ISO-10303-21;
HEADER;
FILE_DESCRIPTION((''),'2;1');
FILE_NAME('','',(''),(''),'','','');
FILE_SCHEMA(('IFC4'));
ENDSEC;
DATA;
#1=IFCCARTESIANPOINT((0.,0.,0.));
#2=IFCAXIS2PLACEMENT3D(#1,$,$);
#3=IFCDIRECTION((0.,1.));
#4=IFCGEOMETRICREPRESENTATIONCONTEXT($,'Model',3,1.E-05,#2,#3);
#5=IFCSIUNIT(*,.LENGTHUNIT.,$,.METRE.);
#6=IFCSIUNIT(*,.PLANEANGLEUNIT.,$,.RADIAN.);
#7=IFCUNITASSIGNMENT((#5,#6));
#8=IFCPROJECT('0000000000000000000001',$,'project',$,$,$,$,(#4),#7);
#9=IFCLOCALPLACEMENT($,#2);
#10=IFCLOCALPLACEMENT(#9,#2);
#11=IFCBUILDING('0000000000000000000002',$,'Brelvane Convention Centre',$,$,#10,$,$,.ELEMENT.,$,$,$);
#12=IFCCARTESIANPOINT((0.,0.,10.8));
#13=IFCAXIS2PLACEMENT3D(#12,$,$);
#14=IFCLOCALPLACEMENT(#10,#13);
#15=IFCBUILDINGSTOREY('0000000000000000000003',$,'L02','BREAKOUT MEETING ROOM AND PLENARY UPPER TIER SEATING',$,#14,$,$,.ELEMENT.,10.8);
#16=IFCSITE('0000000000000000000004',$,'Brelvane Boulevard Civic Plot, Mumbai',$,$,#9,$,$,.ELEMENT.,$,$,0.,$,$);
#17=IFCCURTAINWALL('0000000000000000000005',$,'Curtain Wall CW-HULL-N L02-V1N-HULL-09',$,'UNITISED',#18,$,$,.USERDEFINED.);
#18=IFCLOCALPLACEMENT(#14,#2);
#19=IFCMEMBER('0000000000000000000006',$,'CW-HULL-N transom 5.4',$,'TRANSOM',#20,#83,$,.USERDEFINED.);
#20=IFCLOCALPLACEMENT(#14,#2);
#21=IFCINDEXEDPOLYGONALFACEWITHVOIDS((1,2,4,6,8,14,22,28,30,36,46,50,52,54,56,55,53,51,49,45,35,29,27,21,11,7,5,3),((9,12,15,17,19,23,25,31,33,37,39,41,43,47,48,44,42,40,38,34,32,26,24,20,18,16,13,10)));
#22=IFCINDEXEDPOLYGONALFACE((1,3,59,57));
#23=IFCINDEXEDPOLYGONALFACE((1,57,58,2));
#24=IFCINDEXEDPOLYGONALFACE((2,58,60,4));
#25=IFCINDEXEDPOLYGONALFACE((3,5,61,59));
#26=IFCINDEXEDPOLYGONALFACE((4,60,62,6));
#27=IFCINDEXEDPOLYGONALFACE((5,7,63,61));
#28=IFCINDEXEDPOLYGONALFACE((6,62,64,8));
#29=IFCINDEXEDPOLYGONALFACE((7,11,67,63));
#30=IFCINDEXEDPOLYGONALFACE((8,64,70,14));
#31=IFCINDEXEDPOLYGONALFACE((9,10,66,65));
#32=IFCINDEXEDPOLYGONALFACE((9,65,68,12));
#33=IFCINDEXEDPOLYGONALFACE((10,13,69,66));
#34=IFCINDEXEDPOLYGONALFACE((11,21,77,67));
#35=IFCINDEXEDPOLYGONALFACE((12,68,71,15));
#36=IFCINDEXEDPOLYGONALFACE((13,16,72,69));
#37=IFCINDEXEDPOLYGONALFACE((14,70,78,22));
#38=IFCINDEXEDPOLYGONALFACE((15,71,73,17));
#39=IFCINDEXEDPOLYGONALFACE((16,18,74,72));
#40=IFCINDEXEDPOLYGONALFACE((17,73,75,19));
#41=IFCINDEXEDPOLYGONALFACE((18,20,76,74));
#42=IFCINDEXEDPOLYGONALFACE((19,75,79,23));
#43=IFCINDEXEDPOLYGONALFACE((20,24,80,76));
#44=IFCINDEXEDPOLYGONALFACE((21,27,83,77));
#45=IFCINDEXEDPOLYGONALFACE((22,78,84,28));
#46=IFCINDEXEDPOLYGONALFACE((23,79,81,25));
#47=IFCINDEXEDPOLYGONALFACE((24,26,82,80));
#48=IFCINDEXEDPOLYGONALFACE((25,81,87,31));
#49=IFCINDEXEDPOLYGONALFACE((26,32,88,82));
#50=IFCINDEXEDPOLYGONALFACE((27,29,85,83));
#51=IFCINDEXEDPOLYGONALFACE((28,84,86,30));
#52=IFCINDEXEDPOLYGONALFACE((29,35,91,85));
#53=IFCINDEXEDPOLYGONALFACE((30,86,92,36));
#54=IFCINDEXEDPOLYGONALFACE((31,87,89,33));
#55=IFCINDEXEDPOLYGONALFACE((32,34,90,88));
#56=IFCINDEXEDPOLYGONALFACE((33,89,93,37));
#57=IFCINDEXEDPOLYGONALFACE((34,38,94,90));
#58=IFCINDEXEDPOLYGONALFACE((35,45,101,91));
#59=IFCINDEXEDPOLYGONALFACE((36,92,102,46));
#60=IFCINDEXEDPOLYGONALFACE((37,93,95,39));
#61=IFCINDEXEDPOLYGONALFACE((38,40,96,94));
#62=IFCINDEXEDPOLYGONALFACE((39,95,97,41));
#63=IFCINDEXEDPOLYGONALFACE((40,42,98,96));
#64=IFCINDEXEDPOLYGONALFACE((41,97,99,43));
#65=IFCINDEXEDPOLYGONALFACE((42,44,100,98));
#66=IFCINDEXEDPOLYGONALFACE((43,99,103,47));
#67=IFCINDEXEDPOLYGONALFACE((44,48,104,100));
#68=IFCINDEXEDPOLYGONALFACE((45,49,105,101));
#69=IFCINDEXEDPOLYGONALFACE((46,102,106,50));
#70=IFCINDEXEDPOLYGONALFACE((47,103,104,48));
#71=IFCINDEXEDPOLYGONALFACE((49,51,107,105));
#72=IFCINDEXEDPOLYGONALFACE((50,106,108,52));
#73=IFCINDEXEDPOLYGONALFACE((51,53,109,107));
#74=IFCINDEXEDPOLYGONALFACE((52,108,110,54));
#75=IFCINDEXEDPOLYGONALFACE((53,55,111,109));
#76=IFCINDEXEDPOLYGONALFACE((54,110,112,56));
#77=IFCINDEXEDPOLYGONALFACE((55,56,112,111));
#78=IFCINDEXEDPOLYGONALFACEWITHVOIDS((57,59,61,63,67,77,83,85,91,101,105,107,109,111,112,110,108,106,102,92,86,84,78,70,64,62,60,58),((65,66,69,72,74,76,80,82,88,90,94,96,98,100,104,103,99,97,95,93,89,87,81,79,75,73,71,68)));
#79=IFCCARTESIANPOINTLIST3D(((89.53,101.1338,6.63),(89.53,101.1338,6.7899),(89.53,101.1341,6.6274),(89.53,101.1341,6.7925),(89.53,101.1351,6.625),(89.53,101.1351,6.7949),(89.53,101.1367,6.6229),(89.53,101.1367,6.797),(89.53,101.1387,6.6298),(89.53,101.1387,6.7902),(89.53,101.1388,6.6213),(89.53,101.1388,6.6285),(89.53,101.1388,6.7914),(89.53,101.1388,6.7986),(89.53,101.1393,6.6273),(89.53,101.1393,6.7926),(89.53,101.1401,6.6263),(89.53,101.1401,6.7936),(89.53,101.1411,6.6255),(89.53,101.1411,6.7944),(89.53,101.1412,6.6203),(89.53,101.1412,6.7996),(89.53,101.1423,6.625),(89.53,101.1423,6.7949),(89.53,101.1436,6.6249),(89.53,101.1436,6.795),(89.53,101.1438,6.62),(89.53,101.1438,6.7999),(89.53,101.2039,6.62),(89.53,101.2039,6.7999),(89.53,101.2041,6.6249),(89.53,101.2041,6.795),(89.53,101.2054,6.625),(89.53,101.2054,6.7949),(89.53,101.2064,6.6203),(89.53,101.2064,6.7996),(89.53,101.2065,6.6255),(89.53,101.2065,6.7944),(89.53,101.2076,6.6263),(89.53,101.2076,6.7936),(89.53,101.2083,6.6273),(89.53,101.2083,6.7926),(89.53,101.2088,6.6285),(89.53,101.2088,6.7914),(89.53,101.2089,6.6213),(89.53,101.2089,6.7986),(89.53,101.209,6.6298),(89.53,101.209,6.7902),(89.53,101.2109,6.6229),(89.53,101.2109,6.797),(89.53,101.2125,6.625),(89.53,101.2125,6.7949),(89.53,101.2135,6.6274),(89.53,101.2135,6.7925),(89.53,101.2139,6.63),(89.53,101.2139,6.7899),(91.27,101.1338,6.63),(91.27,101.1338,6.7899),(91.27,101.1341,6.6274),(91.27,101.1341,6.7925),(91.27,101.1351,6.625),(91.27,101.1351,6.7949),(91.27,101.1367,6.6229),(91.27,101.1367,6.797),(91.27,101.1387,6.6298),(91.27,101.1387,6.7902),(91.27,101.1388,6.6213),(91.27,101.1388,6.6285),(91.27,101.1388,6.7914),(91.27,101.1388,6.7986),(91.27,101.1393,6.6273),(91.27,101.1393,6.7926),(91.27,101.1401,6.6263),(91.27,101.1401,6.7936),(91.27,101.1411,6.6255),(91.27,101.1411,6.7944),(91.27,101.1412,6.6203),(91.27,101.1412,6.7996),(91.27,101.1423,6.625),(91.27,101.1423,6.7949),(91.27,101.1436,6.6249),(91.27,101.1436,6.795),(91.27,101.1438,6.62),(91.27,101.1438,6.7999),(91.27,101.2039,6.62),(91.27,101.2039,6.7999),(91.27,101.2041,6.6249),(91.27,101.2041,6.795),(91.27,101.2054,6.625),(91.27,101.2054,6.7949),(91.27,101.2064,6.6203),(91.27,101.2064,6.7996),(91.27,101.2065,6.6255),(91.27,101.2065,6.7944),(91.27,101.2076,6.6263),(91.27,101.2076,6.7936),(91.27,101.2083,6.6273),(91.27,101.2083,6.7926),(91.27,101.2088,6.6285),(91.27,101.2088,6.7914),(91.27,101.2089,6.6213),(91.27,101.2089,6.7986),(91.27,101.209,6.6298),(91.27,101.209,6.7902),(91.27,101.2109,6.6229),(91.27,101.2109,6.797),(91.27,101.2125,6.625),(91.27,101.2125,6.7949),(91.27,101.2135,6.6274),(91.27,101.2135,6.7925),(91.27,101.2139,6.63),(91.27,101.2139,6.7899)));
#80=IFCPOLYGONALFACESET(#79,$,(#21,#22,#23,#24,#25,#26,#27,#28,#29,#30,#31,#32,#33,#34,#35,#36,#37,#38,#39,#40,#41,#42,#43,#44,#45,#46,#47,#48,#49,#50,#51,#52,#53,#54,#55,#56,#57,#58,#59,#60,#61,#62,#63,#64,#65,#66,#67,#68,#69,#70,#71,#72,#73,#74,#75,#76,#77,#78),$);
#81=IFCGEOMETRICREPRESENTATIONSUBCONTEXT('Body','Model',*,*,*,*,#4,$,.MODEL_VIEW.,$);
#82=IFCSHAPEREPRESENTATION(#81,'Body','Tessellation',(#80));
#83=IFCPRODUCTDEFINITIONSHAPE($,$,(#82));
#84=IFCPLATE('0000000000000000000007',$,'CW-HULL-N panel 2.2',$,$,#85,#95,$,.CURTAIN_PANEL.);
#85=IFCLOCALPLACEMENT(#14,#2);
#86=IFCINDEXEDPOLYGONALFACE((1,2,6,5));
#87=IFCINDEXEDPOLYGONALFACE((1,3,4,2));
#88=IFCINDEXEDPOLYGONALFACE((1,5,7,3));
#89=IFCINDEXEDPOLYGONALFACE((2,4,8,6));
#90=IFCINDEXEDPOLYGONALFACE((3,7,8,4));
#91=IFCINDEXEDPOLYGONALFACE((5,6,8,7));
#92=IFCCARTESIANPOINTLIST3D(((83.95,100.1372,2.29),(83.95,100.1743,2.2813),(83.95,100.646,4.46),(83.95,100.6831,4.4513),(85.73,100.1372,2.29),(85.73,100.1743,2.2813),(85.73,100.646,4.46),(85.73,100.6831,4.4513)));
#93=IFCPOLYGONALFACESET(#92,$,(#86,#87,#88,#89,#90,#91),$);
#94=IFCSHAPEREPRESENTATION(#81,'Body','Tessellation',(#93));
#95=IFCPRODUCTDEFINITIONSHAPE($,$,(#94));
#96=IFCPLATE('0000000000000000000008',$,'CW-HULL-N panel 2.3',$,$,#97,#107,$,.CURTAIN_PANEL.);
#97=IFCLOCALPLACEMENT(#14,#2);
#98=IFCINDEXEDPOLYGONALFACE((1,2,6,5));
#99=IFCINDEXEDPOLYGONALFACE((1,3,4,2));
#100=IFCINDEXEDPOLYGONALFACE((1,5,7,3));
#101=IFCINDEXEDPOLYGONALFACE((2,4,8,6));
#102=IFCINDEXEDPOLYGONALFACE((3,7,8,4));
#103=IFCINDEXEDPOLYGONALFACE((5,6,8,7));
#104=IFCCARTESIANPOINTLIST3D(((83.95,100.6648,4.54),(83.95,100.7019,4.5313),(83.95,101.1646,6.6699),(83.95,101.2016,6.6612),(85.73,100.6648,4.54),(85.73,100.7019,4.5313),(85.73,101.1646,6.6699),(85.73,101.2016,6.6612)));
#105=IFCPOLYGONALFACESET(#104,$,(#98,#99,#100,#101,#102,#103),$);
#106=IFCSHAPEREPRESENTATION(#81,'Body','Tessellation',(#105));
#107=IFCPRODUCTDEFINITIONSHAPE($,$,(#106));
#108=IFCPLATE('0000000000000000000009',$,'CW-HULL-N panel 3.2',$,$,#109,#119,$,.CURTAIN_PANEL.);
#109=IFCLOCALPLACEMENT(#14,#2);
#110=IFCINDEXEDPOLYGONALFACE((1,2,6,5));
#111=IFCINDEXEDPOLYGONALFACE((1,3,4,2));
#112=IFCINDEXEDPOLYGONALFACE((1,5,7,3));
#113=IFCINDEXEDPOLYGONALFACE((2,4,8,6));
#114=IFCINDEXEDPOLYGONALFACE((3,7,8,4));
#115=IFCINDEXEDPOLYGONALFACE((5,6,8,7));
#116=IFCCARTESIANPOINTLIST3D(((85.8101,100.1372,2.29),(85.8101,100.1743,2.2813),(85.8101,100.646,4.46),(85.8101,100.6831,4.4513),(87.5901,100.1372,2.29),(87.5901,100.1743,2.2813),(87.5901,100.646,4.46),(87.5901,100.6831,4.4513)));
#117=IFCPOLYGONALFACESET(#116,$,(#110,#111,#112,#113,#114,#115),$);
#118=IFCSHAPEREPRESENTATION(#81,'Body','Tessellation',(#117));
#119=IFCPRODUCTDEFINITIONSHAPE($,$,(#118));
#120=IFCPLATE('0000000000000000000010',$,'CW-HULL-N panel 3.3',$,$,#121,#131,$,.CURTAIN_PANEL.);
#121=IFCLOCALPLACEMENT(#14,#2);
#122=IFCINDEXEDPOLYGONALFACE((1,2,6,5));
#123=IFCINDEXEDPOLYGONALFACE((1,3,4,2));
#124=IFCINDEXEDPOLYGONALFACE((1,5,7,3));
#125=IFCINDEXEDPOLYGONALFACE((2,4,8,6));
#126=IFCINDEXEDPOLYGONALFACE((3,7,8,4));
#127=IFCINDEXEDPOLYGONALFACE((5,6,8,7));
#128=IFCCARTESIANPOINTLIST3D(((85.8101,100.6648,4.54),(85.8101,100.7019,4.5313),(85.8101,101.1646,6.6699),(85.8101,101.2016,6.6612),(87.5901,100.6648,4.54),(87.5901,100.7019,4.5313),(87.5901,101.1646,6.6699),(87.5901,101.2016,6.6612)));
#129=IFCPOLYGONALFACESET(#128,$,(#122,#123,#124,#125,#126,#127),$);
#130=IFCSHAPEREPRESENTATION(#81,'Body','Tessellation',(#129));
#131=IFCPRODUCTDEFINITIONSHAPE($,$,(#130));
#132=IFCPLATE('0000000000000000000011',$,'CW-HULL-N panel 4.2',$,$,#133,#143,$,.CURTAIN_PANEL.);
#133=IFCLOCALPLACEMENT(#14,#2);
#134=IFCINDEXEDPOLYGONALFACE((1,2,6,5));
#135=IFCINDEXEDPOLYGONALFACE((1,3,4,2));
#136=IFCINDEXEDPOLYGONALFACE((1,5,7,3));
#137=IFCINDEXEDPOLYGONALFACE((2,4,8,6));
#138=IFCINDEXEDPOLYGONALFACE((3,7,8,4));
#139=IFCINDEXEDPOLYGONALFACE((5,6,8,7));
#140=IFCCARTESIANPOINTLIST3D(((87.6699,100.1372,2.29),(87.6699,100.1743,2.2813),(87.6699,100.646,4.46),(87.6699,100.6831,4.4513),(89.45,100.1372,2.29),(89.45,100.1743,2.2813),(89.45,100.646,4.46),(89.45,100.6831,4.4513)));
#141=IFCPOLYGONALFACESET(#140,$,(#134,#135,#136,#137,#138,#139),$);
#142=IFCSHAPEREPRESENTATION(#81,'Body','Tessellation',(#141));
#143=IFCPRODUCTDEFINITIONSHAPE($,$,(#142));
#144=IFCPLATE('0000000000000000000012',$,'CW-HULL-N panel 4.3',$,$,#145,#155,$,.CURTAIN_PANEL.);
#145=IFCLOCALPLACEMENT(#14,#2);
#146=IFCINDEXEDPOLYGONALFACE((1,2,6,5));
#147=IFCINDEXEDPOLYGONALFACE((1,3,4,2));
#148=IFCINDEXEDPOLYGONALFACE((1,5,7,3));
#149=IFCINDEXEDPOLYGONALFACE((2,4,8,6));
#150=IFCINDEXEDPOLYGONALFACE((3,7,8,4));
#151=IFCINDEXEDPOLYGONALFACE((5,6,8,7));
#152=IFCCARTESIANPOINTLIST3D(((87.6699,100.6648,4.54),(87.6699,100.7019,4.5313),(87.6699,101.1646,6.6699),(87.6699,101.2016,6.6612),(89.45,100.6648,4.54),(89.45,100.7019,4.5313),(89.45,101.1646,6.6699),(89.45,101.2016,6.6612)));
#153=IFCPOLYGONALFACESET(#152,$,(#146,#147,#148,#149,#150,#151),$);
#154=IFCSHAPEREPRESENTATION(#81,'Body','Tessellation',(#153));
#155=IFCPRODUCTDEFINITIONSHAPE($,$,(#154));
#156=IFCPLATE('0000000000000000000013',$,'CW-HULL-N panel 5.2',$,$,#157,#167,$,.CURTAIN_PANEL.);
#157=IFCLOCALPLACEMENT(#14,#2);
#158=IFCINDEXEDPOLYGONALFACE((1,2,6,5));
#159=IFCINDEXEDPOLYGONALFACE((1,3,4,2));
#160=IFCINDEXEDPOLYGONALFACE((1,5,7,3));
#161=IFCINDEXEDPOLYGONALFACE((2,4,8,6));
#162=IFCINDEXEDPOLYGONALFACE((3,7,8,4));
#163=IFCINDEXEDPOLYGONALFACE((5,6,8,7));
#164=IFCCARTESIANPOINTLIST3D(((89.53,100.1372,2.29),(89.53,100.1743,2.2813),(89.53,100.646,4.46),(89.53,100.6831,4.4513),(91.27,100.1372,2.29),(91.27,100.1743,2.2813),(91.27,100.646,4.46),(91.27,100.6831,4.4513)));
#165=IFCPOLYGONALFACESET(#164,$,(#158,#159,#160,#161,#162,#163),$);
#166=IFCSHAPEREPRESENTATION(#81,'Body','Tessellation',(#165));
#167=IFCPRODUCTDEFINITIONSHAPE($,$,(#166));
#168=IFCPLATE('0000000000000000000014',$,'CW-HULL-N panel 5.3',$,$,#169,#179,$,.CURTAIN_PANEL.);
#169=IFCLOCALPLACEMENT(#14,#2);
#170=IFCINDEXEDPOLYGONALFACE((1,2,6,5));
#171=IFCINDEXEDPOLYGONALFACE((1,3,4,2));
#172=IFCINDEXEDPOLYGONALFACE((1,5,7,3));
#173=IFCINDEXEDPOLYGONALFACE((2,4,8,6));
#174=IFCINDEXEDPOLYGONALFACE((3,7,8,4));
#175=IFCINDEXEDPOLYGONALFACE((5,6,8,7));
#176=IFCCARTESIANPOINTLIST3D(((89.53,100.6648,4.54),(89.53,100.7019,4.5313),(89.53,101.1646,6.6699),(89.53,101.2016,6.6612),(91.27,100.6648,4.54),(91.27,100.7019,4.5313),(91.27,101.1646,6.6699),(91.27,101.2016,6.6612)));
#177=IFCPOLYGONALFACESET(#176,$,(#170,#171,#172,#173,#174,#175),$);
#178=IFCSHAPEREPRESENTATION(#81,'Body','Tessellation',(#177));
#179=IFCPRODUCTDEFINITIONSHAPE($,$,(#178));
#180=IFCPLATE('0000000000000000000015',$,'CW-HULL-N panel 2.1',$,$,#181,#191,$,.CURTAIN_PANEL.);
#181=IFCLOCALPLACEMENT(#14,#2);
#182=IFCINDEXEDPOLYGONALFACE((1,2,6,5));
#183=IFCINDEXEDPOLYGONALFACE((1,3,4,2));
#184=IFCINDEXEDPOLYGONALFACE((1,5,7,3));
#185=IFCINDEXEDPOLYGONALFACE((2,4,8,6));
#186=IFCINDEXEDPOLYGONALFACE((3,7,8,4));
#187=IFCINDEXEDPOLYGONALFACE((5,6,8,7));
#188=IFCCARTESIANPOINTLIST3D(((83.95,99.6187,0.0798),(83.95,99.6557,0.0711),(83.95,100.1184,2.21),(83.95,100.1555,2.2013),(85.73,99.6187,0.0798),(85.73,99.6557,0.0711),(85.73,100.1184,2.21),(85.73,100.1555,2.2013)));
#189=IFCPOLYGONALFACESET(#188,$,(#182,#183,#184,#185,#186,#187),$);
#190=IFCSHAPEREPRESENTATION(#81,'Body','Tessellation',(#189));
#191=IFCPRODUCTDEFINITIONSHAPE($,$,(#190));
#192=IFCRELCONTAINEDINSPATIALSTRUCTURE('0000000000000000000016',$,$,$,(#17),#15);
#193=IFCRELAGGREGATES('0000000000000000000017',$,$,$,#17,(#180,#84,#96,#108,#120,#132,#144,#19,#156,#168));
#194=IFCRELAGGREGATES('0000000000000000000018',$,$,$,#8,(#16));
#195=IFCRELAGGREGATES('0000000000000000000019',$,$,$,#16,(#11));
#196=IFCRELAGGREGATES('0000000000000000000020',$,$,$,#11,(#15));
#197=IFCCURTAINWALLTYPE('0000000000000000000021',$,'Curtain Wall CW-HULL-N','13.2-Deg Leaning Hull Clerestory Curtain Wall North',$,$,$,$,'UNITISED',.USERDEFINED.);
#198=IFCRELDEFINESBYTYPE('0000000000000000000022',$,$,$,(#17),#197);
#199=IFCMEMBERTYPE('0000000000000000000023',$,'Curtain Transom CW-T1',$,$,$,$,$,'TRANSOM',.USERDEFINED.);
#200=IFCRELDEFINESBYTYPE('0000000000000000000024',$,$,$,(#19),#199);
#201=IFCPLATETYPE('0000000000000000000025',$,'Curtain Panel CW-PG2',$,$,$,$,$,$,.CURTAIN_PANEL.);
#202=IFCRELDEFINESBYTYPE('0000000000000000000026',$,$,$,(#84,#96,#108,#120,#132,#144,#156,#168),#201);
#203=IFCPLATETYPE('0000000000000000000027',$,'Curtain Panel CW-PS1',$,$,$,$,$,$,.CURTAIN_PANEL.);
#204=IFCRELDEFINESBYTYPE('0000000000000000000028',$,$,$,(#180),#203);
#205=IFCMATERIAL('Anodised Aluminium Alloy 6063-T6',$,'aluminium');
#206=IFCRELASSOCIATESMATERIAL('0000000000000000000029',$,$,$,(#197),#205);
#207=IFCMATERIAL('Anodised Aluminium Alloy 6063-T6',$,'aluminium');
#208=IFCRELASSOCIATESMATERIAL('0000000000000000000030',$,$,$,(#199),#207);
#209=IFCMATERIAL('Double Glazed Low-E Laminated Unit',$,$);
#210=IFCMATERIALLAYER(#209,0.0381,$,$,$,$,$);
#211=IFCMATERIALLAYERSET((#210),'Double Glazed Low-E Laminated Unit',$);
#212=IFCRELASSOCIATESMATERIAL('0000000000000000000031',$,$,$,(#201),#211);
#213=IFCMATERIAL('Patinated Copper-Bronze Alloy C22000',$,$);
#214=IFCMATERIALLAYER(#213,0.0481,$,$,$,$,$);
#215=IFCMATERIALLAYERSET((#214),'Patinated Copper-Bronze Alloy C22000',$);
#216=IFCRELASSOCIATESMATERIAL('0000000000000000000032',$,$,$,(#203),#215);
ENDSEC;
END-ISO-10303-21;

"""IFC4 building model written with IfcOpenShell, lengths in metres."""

from ifc_helpers import new_model, si_unit, direction, frame, origin, origin_2d, place, context, subcontext, project, spatial, polyline, hollow_rectangle, outline, extrude, material, layer, layer_set, material_profile, profile_set, type_object, element, aggregate, save


model = new_model("IFC4")

# Units and contexts
model_context = context("Model", 3, precision=1e-05, world=origin(), true_north=direction((0.0, 1.0)))
body_context = subcontext(model_context, "Body", "Model", "MODEL_VIEW")
ifc_project = project(units=[si_unit("LENGTHUNIT", "METRE"), si_unit("PLANEANGLEUNIT", "RADIAN")], contexts=[model_context])

# Site, building, storey
site_placement = place(None, origin())
site = spatial("IfcSite", under=ifc_project, at=site_placement, Name="Brelvane Boulevard Civic Plot, Mumbai", CompositionType="ELEMENT", RefElevation=0.0)
building_placement = place(site_placement, origin())
building = spatial("IfcBuilding", under=site, at=building_placement, Name="Brelvane Convention Centre", CompositionType="ELEMENT")
storey_placement = place(building_placement, frame((0.0, 0.0, 10.8)))
storey = spatial("IfcBuildingStorey", under=building, at=storey_placement, Name="L02", Description="BREAKOUT MEETING ROOM AND PLENARY UPPER TIER SEATING", CompositionType="ELEMENT", Elevation=10.8)

# Curtain wall, member, plates
ifc_material_1 = material(Name="Anodised Aluminium Alloy 6063-T6", Category="aluminium")
curtain_wall_type = type_object("IfcCurtainWallType", Name="Curtain Wall CW-HULL-N", Description="13.2-Deg Leaning Hull Clerestory Curtain Wall North", ElementType="UNITISED", PredefinedType="USERDEFINED", material=ifc_material_1)
curtain_wall_placement = place(storey_placement, origin())
curtain_wall = element("IfcCurtainWall", 1, at=curtain_wall_placement, inside=storey, type_object=curtain_wall_type, Name="Curtain Wall CW-HULL-N L02-V1N-HULL-09", ObjectType="UNITISED", PredefinedType="USERDEFINED")
ifc_material_2 = material(Name="Anodised Aluminium Alloy 6063-T6", Category="aluminium")
ifc_material_profile_1 = material_profile(ifc_material_2, hollow_rectangle(XDim=0.0801, YDim=0.1799, WallThickness=0.0049, InnerFilletRadius=0.0049, OuterFilletRadius=0.01, at=origin_2d()), Name="ALU-T 180x80x5.0")
ifc_profile_set_1 = profile_set([ifc_material_profile_1], Name="Anodised Aluminium Alloy 6063-T6")
member_type_1 = type_object("IfcMemberType", Name="Curtain Transom CW-T1", ElementType="TRANSOM", PredefinedType="USERDEFINED", material=ifc_profile_set_1)
member_1_placement = place(storey_placement, frame((89.53, 101.1738, 6.71), z_axis=(1.0, 0.0, 0.0), x_axis=(0.0, 1.0, 0.0)))
member_1 = element("IfcMember", 2, at=member_1_placement, type_object=member_type_1, Name="CW-HULL-N transom 5.4", ObjectType="TRANSOM", PredefinedType="USERDEFINED", context=body_context, shape_type="SweptSolid", body=[
    extrude(hollow_rectangle(XDim=0.0801, YDim=0.1799, WallThickness=0.0049, InnerFilletRadius=0.0049, OuterFilletRadius=0.01, at=origin_2d()), origin(), (0.0, 0.0, 1.0), 1.74),
])
ifc_material_3 = material(Name="Double Glazed Low-E Laminated Unit")
ifc_layer_1 = layer(ifc_material_3, 0.0381)
ifc_layer_set_1 = layer_set([ifc_layer_1], Name="Double Glazed Low-E Laminated Unit")
plate_type_1 = type_object("IfcPlateType", Name="Curtain Panel CW-PG2", PredefinedType="CURTAIN_PANEL", material=ifc_layer_set_1)
plate_1_placement = place(storey_placement, frame((83.95, 100.1372, 2.29), z_axis=(0.0, -0.973595, 0.228282), x_axis=(1.0, 0.0, 0.0)))
plate_1 = element("IfcPlate", 3, at=plate_1_placement, type_object=plate_type_1, Name="CW-HULL-N panel 2.2", PredefinedType="CURTAIN_PANEL", context=body_context, shape_type="SweptSolid", body=[
    extrude(outline(polyline([(0.0, 0.0), (1.78, 0.0), (1.78, 2.2288), (0.0, 2.2288), (0.0, 0.0)])), origin(), (0.0, 0.0, -1.0), 0.0381),
])
plate_2_placement = place(storey_placement, frame((83.95, 100.6648, 4.54), z_axis=(0.0, -0.973559, 0.228436), x_axis=(1.0, 0.0, 0.0)))
plate_2 = element("IfcPlate", 4, at=plate_2_placement, type_object=plate_type_1, Name="CW-HULL-N panel 2.3", PredefinedType="CURTAIN_PANEL", context=body_context, shape_type="SweptSolid", body=[
    extrude(outline(polyline([(0.0, 0.0), (1.78, 0.0), (1.78, 2.1877), (0.0, 2.1877), (0.0, 0.0)])), origin(), (0.0, 0.0, -1.0), 0.0381),
])
plate_3_placement = place(storey_placement, frame((85.8101, 100.1372, 2.29), z_axis=(0.0, -0.973595, 0.228282), x_axis=(1.0, 0.0, 0.0)))
plate_3 = element("IfcPlate", 5, at=plate_3_placement, type_object=plate_type_1, Name="CW-HULL-N panel 3.2", PredefinedType="CURTAIN_PANEL", context=body_context, shape_type="SweptSolid", body=[
    extrude(outline(polyline([(0.0, 0.0), (1.78, 0.0), (1.78, 2.2288), (0.0, 2.2288), (0.0, 0.0)])), origin(), (0.0, 0.0, -1.0), 0.0381),
])
plate_4_placement = place(storey_placement, frame((85.8101, 100.6648, 4.54), z_axis=(0.0, -0.973559, 0.228436), x_axis=(1.0, 0.0, 0.0)))
plate_4 = element("IfcPlate", 6, at=plate_4_placement, type_object=plate_type_1, Name="CW-HULL-N panel 3.3", PredefinedType="CURTAIN_PANEL", context=body_context, shape_type="SweptSolid", body=[
    extrude(outline(polyline([(0.0, 0.0), (1.78, 0.0), (1.78, 2.1877), (0.0, 2.1877), (0.0, 0.0)])), origin(), (0.0, 0.0, -1.0), 0.0381),
])
plate_5_placement = place(storey_placement, frame((87.6699, 100.1372, 2.29), z_axis=(0.0, -0.973595, 0.228282), x_axis=(1.0, 0.0, 0.0)))
plate_5 = element("IfcPlate", 7, at=plate_5_placement, type_object=plate_type_1, Name="CW-HULL-N panel 4.2", PredefinedType="CURTAIN_PANEL", context=body_context, shape_type="SweptSolid", body=[
    extrude(outline(polyline([(0.0, 0.0), (1.78, 0.0), (1.78, 2.2288), (0.0, 2.2288), (0.0, 0.0)])), origin(), (0.0, 0.0, -1.0), 0.0381),
])
plate_6_placement = place(storey_placement, frame((87.6699, 100.6648, 4.54), z_axis=(0.0, -0.973559, 0.228436), x_axis=(1.0, 0.0, 0.0)))
plate_6 = element("IfcPlate", 8, at=plate_6_placement, type_object=plate_type_1, Name="CW-HULL-N panel 4.3", PredefinedType="CURTAIN_PANEL", context=body_context, shape_type="SweptSolid", body=[
    extrude(outline(polyline([(0.0, 0.0), (1.78, 0.0), (1.78, 2.1877), (0.0, 2.1877), (0.0, 0.0)])), origin(), (0.0, 0.0, -1.0), 0.0381),
])
plate_7_placement = place(storey_placement, frame((89.53, 100.1372, 2.29), z_axis=(0.0, -0.973595, 0.228282), x_axis=(1.0, 0.0, 0.0)))
plate_7 = element("IfcPlate", 9, at=plate_7_placement, type_object=plate_type_1, Name="CW-HULL-N panel 5.2", PredefinedType="CURTAIN_PANEL", context=body_context, shape_type="SweptSolid", body=[
    extrude(outline(polyline([(0.0, 0.0), (1.74, 0.0), (1.74, 2.2288), (0.0, 2.2288), (0.0, 0.0)])), origin(), (0.0, 0.0, -1.0), 0.0381),
])
plate_8_placement = place(storey_placement, frame((89.53, 100.6648, 4.54), z_axis=(0.0, -0.973559, 0.228436), x_axis=(1.0, 0.0, 0.0)))
plate_8 = element("IfcPlate", 10, at=plate_8_placement, type_object=plate_type_1, Name="CW-HULL-N panel 5.3", PredefinedType="CURTAIN_PANEL", context=body_context, shape_type="SweptSolid", body=[
    extrude(outline(polyline([(0.0, 0.0), (1.74, 0.0), (1.74, 2.1877), (0.0, 2.1877), (0.0, 0.0)])), origin(), (0.0, 0.0, -1.0), 0.0381),
])
ifc_material_4 = material(Name="Patinated Copper-Bronze Alloy C22000")
ifc_layer_2 = layer(ifc_material_4, 0.0481)
ifc_layer_set_2 = layer_set([ifc_layer_2], Name="Patinated Copper-Bronze Alloy C22000")
plate_type_2 = type_object("IfcPlateType", Name="Curtain Panel CW-PS1", PredefinedType="CURTAIN_PANEL", material=ifc_layer_set_2)
plate_9_placement = place(storey_placement, frame((83.95, 99.6187, 0.0798), z_axis=(0.0, -0.973565, 0.228411), x_axis=(1.0, 0.0, 0.0)))
plate_9 = element("IfcPlate", 11, at=plate_9_placement, type_object=plate_type_2, Name="CW-HULL-N panel 2.1", PredefinedType="CURTAIN_PANEL", context=body_context, shape_type="SweptSolid", body=[
    extrude(outline(polyline([(0.0, 0.0), (1.78, 0.0), (1.78, 2.188), (0.0, 2.188), (0.0, 0.0)])), origin(), (0.0, 0.0, -1.0), 0.0381),
])
aggregate(curtain_wall, [plate_9, plate_1, plate_2, plate_3, plate_4, plate_5, plate_6, member_1, plate_7, plate_8])

save(model, "model.ifc")
